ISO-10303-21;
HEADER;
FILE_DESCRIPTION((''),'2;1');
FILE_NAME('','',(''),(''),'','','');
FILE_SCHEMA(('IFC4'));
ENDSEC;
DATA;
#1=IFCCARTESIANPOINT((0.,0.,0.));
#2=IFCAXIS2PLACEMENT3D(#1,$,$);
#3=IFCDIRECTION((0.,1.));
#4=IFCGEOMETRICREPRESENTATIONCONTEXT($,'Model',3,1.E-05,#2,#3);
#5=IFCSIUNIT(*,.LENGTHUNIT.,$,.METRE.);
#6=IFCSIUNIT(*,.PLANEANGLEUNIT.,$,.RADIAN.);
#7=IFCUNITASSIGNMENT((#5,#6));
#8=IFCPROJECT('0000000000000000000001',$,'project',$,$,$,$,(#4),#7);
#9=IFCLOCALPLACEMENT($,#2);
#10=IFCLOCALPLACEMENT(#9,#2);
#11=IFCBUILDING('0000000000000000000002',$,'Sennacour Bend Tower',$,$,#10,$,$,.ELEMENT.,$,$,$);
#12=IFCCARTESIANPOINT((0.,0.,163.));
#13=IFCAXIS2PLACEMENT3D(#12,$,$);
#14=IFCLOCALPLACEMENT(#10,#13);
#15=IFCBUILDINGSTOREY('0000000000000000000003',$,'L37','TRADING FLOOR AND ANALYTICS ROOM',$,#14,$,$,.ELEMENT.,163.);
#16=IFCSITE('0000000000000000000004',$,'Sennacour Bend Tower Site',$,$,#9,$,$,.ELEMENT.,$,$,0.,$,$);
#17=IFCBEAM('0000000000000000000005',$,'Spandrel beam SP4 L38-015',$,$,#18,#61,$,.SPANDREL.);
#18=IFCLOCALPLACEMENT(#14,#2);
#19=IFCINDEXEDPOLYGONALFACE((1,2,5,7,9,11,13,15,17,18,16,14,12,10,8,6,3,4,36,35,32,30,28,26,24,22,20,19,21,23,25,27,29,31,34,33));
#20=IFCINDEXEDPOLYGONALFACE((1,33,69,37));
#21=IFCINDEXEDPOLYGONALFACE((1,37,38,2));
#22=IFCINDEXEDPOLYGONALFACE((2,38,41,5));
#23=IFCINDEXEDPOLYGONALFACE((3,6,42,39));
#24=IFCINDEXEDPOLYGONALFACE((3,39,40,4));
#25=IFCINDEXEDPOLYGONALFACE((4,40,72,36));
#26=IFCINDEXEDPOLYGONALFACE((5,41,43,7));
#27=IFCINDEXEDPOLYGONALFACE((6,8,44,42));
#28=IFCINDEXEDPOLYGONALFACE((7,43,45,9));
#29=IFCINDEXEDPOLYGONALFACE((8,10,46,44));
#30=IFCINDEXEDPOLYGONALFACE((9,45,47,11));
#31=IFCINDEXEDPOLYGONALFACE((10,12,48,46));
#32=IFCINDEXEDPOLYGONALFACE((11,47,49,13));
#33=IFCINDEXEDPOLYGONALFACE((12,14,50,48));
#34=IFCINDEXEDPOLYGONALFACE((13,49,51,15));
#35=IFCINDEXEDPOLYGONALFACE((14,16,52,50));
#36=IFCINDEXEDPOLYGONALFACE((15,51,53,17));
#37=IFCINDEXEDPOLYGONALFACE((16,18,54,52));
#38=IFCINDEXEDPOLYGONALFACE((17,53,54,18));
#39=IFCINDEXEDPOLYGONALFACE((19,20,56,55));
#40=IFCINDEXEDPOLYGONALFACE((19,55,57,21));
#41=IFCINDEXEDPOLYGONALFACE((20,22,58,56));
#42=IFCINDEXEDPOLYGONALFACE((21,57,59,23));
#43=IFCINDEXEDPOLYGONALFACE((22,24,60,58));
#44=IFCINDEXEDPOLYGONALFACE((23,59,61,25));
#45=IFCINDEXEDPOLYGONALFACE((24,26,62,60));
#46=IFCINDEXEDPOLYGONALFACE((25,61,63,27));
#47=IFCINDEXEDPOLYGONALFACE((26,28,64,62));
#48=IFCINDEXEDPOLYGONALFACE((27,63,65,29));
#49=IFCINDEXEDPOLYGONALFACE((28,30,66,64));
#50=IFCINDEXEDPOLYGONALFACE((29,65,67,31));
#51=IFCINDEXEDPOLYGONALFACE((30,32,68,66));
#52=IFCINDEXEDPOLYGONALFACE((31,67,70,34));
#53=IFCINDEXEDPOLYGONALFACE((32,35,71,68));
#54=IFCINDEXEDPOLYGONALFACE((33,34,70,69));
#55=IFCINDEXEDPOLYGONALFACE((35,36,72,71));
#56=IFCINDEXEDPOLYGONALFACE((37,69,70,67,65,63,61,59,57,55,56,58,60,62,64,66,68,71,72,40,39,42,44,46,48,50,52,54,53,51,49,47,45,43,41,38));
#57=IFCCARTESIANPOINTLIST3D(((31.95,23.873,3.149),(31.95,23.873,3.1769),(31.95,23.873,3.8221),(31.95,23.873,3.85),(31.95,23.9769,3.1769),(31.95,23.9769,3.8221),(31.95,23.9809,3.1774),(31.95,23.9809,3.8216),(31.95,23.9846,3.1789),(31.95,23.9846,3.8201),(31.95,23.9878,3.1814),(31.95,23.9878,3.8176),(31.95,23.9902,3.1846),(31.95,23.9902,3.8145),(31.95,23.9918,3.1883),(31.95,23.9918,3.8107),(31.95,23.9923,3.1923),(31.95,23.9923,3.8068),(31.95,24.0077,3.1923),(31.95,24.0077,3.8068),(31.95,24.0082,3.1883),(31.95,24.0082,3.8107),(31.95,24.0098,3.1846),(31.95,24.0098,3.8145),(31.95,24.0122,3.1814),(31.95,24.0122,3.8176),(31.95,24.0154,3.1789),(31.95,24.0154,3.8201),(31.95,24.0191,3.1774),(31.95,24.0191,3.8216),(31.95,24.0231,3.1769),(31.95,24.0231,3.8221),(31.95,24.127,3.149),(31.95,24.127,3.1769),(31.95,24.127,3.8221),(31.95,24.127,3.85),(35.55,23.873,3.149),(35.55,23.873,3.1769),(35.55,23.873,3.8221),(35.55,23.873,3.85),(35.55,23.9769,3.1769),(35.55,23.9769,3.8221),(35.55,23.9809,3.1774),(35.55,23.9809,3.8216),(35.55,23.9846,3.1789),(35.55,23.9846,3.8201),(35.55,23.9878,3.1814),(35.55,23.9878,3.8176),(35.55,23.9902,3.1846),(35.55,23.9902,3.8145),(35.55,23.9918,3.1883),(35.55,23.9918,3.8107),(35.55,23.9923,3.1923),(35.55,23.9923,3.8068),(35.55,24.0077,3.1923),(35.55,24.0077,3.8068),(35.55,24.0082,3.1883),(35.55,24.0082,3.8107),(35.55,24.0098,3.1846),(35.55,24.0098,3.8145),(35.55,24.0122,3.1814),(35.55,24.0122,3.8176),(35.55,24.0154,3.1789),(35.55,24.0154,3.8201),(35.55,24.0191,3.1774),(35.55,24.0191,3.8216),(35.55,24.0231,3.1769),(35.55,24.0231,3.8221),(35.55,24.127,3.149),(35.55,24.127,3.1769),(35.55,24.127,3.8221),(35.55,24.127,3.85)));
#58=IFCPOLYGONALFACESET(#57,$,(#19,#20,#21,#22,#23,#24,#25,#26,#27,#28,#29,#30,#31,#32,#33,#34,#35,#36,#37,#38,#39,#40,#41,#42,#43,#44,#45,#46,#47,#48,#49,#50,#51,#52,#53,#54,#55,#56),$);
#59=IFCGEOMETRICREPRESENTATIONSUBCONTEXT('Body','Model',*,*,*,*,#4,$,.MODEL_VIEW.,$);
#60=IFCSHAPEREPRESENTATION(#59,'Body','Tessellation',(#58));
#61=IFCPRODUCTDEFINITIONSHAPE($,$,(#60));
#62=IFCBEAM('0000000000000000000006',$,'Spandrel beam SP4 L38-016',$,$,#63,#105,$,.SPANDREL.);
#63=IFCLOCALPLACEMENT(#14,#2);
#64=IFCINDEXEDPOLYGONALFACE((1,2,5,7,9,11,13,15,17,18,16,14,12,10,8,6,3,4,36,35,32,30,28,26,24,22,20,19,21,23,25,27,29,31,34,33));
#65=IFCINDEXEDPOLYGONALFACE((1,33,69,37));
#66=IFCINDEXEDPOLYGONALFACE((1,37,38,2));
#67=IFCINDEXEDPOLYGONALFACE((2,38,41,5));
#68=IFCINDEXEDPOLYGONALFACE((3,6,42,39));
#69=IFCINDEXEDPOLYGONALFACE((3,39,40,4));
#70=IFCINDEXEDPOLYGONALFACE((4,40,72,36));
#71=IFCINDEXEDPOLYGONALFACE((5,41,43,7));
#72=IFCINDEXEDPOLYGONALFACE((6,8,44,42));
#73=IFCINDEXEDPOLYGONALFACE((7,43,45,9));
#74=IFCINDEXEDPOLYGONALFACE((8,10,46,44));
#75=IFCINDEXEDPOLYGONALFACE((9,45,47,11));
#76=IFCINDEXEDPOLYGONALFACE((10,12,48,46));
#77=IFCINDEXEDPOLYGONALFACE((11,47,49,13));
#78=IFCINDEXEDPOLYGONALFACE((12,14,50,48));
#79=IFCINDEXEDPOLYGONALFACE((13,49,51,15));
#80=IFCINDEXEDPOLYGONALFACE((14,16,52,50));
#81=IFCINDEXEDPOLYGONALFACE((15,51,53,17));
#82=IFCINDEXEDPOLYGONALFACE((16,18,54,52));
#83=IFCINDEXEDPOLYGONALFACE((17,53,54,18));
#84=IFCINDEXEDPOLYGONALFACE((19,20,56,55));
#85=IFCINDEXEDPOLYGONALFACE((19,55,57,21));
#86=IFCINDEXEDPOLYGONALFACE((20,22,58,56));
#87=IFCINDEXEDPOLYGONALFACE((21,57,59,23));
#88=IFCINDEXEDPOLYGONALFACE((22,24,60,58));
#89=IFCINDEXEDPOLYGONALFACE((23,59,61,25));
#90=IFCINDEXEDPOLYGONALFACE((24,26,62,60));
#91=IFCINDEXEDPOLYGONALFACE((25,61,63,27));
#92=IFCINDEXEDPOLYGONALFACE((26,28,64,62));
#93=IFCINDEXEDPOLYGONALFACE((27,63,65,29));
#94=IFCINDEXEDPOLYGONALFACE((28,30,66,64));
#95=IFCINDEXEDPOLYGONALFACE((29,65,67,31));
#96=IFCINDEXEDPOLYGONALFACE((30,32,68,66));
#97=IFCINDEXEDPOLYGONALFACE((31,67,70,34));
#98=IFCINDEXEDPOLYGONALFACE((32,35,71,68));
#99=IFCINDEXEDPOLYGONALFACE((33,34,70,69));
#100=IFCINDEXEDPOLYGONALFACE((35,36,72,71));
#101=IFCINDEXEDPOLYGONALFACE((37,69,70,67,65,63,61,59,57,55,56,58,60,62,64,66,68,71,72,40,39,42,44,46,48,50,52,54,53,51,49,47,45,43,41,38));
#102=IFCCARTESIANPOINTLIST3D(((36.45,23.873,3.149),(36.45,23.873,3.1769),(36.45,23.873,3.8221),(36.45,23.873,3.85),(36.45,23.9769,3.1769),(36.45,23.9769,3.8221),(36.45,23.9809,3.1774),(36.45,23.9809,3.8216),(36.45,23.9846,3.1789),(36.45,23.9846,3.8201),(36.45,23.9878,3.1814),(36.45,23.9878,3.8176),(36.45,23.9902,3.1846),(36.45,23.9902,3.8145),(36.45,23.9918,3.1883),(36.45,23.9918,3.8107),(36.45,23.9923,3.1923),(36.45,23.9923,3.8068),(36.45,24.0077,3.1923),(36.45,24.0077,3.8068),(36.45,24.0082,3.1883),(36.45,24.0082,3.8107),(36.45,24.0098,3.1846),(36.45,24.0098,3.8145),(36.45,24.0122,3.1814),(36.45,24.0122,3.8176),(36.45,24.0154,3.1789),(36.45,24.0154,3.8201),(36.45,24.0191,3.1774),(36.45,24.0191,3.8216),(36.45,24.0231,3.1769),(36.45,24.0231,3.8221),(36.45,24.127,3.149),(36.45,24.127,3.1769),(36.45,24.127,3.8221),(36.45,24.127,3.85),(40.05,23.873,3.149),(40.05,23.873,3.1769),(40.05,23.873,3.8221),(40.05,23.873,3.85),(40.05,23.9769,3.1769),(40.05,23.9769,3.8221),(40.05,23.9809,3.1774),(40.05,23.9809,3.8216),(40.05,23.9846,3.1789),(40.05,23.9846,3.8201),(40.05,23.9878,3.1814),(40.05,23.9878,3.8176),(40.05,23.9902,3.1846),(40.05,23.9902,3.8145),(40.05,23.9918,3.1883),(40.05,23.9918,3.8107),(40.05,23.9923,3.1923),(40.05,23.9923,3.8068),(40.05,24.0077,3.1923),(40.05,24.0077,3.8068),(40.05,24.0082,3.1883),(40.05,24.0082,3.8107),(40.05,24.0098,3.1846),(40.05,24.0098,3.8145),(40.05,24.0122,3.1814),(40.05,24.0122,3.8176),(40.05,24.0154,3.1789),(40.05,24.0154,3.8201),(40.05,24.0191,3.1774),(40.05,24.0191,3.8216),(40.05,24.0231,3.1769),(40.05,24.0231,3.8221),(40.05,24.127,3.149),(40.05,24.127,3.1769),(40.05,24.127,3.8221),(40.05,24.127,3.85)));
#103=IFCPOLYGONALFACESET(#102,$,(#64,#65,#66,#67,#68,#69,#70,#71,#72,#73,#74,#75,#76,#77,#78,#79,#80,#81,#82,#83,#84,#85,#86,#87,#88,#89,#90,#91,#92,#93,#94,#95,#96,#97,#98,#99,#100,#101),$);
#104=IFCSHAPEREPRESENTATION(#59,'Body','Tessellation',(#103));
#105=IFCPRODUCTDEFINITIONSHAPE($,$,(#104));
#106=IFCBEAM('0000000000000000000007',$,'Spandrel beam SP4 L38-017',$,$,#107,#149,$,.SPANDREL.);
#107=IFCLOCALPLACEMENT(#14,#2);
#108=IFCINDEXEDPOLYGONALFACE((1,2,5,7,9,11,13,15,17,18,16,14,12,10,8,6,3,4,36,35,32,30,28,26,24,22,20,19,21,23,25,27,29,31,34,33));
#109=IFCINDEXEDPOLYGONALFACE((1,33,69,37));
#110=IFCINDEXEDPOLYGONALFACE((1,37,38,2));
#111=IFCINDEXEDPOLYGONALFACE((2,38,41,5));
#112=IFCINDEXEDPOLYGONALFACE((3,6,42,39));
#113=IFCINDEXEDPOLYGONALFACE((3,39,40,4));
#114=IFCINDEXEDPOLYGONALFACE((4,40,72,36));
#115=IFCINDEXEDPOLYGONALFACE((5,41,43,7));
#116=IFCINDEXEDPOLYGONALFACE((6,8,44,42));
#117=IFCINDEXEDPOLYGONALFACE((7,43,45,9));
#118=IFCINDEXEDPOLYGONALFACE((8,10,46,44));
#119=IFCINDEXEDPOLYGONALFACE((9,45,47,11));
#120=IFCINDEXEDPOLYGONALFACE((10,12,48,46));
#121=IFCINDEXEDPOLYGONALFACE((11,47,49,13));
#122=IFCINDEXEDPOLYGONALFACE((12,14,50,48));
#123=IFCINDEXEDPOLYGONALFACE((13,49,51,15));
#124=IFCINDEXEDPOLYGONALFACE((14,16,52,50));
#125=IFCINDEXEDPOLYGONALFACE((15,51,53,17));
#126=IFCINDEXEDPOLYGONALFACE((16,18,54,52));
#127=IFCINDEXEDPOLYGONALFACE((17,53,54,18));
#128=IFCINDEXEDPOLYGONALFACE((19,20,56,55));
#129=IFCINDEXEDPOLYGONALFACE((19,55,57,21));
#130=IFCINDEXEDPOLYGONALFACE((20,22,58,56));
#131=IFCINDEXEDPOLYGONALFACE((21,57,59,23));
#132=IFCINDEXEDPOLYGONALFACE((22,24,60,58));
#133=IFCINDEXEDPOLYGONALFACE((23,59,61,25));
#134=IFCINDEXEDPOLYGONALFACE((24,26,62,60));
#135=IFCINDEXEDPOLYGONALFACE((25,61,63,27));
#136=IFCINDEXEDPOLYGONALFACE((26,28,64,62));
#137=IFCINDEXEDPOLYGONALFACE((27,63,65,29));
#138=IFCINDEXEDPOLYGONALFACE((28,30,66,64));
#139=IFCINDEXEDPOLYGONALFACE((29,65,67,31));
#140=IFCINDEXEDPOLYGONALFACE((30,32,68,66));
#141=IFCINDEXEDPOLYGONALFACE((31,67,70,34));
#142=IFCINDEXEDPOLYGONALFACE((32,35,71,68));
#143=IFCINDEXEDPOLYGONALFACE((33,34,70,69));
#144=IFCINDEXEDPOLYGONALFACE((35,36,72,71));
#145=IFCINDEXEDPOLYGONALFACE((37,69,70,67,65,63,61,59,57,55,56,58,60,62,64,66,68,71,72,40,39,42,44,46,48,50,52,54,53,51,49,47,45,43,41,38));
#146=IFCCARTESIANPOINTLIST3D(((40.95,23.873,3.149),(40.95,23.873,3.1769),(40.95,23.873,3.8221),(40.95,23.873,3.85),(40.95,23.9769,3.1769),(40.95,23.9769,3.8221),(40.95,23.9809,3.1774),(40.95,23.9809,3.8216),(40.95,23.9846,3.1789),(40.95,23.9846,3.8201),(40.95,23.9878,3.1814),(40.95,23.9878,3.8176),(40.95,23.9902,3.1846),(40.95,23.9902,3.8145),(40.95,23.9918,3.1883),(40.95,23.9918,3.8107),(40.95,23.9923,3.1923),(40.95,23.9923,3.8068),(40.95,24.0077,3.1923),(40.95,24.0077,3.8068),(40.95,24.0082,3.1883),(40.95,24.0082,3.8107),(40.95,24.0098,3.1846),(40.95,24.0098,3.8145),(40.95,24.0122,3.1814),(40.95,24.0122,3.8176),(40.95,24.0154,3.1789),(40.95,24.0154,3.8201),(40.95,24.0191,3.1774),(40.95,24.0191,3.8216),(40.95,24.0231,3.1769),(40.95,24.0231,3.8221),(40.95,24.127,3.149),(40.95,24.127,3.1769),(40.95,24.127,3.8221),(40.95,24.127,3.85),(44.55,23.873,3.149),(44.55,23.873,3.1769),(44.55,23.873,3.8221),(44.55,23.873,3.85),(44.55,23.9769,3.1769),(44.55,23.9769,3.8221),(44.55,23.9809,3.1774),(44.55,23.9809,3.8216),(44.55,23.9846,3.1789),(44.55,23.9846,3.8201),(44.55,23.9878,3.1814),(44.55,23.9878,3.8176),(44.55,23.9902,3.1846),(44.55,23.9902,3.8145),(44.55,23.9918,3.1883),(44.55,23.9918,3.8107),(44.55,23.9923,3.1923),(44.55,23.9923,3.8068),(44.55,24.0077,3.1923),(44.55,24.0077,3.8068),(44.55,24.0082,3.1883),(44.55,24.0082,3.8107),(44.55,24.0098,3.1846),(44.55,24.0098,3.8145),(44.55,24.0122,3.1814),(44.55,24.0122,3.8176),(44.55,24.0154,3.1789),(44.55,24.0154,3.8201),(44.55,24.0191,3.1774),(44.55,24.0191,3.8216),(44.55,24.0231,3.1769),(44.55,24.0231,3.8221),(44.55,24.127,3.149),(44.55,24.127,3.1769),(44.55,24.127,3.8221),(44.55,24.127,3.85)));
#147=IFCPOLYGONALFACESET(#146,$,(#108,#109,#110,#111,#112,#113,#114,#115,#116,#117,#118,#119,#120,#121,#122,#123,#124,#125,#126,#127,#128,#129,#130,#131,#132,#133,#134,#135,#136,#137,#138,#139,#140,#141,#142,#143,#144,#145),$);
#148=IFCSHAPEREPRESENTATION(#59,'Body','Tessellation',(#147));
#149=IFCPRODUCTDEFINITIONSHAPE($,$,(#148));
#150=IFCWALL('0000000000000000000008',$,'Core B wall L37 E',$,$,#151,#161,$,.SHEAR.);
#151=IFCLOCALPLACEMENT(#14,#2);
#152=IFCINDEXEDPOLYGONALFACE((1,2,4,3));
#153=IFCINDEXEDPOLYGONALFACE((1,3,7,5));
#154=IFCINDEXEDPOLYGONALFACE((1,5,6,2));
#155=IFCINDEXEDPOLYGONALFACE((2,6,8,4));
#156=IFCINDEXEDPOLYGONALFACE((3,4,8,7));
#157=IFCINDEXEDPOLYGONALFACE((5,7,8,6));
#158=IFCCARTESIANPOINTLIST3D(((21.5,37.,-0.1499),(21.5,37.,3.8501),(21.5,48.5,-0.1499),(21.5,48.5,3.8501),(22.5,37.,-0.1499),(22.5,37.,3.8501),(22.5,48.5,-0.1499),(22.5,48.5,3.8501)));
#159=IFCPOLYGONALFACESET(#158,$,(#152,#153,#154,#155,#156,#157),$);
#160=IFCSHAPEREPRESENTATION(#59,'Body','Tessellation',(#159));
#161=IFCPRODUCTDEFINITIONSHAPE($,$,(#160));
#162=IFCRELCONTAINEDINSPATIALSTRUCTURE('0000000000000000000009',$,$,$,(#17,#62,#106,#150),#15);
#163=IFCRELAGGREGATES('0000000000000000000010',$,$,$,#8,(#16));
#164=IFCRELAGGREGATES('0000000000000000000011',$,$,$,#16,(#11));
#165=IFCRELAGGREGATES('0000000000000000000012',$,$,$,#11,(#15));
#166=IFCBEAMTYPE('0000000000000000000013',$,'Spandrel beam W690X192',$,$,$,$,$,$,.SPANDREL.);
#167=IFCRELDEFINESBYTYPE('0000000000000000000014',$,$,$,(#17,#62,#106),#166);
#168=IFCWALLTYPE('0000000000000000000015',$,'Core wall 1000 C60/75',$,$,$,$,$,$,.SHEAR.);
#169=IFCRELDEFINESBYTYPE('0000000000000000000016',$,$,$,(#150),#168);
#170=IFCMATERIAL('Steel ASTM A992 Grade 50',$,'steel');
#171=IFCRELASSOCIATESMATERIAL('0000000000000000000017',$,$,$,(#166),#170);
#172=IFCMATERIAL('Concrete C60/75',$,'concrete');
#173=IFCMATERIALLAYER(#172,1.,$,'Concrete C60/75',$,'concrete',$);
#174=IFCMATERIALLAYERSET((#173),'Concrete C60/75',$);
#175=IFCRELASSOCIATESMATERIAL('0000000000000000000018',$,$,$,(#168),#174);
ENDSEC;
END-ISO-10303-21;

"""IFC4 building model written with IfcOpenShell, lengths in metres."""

from ifc_helpers import new_model, si_unit, direction, frame, frame_2d, origin, origin_2d, place, context, subcontext, project, spatial, rectangle, i_section, extrude, material, layer, layer_set, material_profile, profile_set, type_object, element, save


model = new_model("IFC4")

# Units and contexts
model_context = context("Model", 3, precision=1e-05, world=origin(), true_north=direction((0.0, 1.0)))
body_context = subcontext(model_context, "Body", "Model", "MODEL_VIEW")
ifc_project = project(units=[si_unit("LENGTHUNIT", "METRE"), si_unit("PLANEANGLEUNIT", "RADIAN")], contexts=[model_context])

# Site, building, storey
site_placement = place(None, origin())
site = spatial("IfcSite", under=ifc_project, at=site_placement, Name="Sennacour Bend Tower Site", CompositionType="ELEMENT", RefElevation=0.0)
building_placement = place(site_placement, origin())
building = spatial("IfcBuilding", under=site, at=building_placement, Name="Sennacour Bend Tower", CompositionType="ELEMENT")
storey_placement = place(building_placement, frame((0.0, 0.0, 163.0)))
storey = spatial("IfcBuildingStorey", under=building, at=storey_placement, Name="L37", Description="TRADING FLOOR AND ANALYTICS ROOM", CompositionType="ELEMENT", Elevation=163.0)

# Beams
ifc_material_1 = material(Name="Steel ASTM A992 Grade 50", Category="steel")
ifc_material_profile_1 = material_profile(ifc_material_1, i_section(OverallWidth=0.2539, OverallDepth=0.7009, WebThickness=0.0154, FlangeThickness=0.0278, FilletRadius=0.0154, at=origin_2d()), Name="Steel ASTM A992 Grade 50", Category="steel")
ifc_profile_set_1 = profile_set([ifc_material_profile_1], Name="Steel ASTM A992 Grade 50")
beam_type = type_object("IfcBeamType", Name="Spandrel beam W690X192", PredefinedType="SPANDREL", material=ifc_profile_set_1)
for number, where, z_axis, x_axis, name in (
    (1, (31.95, 24.0, 3.4995), (1.0, 0.0, 0.0), (0.0, 1.0, 0.0), "Spandrel beam SP4 L38-015"),
    (2, (36.45, 24.0, 3.4995), (1.0, 0.0, 0.0), (0.0, 1.0, 0.0), "Spandrel beam SP4 L38-016"),
    (3, (40.95, 24.0, 3.4995), (1.0, 0.0, 0.0), (0.0, 1.0, 0.0), "Spandrel beam SP4 L38-017"),
):
    element("IfcBeam", number, at=place(storey_placement, frame(where, z_axis=z_axis, x_axis=x_axis)), inside=storey, type_object=beam_type, Name=name, PredefinedType="SPANDREL", context=body_context, shape_type="SweptSolid", body=[
        extrude(i_section(OverallWidth=0.2539, OverallDepth=0.7009, WebThickness=0.0154, FlangeThickness=0.0278, FilletRadius=0.0154, at=origin_2d()), origin(), (0.0, 0.0, 1.0), 3.6001),
    ])

# Wall
ifc_material_2 = material(Name="Concrete C60/75", Category="concrete")
ifc_layer_1 = layer(ifc_material_2, 1.0, Name="Concrete C60/75", Category="concrete")
ifc_layer_set_1 = layer_set([ifc_layer_1], Name="Concrete C60/75")
wall_type_1 = type_object("IfcWallType", Name="Core wall 1000 C60/75", PredefinedType="SHEAR", material=ifc_layer_set_1)
wall_1_placement = place(storey_placement, frame((22.0, 37.0, -0.1499), z_axis=(0.0, 0.0, 1.0), x_axis=(0.0, 1.0, 0.0)))
element("IfcWall", 4, at=wall_1_placement, inside=storey, type_object=wall_type_1, Name="Core B wall L37 E", PredefinedType="SHEAR", context=body_context, shape_type="SweptSolid", body=[
    extrude(rectangle(XDim=11.5, YDim=1.0, at=frame_2d((5.75, 0.0))), origin(), (0.0, 0.0, 1.0), 4.0),
])

save(model, "model.ifc")
